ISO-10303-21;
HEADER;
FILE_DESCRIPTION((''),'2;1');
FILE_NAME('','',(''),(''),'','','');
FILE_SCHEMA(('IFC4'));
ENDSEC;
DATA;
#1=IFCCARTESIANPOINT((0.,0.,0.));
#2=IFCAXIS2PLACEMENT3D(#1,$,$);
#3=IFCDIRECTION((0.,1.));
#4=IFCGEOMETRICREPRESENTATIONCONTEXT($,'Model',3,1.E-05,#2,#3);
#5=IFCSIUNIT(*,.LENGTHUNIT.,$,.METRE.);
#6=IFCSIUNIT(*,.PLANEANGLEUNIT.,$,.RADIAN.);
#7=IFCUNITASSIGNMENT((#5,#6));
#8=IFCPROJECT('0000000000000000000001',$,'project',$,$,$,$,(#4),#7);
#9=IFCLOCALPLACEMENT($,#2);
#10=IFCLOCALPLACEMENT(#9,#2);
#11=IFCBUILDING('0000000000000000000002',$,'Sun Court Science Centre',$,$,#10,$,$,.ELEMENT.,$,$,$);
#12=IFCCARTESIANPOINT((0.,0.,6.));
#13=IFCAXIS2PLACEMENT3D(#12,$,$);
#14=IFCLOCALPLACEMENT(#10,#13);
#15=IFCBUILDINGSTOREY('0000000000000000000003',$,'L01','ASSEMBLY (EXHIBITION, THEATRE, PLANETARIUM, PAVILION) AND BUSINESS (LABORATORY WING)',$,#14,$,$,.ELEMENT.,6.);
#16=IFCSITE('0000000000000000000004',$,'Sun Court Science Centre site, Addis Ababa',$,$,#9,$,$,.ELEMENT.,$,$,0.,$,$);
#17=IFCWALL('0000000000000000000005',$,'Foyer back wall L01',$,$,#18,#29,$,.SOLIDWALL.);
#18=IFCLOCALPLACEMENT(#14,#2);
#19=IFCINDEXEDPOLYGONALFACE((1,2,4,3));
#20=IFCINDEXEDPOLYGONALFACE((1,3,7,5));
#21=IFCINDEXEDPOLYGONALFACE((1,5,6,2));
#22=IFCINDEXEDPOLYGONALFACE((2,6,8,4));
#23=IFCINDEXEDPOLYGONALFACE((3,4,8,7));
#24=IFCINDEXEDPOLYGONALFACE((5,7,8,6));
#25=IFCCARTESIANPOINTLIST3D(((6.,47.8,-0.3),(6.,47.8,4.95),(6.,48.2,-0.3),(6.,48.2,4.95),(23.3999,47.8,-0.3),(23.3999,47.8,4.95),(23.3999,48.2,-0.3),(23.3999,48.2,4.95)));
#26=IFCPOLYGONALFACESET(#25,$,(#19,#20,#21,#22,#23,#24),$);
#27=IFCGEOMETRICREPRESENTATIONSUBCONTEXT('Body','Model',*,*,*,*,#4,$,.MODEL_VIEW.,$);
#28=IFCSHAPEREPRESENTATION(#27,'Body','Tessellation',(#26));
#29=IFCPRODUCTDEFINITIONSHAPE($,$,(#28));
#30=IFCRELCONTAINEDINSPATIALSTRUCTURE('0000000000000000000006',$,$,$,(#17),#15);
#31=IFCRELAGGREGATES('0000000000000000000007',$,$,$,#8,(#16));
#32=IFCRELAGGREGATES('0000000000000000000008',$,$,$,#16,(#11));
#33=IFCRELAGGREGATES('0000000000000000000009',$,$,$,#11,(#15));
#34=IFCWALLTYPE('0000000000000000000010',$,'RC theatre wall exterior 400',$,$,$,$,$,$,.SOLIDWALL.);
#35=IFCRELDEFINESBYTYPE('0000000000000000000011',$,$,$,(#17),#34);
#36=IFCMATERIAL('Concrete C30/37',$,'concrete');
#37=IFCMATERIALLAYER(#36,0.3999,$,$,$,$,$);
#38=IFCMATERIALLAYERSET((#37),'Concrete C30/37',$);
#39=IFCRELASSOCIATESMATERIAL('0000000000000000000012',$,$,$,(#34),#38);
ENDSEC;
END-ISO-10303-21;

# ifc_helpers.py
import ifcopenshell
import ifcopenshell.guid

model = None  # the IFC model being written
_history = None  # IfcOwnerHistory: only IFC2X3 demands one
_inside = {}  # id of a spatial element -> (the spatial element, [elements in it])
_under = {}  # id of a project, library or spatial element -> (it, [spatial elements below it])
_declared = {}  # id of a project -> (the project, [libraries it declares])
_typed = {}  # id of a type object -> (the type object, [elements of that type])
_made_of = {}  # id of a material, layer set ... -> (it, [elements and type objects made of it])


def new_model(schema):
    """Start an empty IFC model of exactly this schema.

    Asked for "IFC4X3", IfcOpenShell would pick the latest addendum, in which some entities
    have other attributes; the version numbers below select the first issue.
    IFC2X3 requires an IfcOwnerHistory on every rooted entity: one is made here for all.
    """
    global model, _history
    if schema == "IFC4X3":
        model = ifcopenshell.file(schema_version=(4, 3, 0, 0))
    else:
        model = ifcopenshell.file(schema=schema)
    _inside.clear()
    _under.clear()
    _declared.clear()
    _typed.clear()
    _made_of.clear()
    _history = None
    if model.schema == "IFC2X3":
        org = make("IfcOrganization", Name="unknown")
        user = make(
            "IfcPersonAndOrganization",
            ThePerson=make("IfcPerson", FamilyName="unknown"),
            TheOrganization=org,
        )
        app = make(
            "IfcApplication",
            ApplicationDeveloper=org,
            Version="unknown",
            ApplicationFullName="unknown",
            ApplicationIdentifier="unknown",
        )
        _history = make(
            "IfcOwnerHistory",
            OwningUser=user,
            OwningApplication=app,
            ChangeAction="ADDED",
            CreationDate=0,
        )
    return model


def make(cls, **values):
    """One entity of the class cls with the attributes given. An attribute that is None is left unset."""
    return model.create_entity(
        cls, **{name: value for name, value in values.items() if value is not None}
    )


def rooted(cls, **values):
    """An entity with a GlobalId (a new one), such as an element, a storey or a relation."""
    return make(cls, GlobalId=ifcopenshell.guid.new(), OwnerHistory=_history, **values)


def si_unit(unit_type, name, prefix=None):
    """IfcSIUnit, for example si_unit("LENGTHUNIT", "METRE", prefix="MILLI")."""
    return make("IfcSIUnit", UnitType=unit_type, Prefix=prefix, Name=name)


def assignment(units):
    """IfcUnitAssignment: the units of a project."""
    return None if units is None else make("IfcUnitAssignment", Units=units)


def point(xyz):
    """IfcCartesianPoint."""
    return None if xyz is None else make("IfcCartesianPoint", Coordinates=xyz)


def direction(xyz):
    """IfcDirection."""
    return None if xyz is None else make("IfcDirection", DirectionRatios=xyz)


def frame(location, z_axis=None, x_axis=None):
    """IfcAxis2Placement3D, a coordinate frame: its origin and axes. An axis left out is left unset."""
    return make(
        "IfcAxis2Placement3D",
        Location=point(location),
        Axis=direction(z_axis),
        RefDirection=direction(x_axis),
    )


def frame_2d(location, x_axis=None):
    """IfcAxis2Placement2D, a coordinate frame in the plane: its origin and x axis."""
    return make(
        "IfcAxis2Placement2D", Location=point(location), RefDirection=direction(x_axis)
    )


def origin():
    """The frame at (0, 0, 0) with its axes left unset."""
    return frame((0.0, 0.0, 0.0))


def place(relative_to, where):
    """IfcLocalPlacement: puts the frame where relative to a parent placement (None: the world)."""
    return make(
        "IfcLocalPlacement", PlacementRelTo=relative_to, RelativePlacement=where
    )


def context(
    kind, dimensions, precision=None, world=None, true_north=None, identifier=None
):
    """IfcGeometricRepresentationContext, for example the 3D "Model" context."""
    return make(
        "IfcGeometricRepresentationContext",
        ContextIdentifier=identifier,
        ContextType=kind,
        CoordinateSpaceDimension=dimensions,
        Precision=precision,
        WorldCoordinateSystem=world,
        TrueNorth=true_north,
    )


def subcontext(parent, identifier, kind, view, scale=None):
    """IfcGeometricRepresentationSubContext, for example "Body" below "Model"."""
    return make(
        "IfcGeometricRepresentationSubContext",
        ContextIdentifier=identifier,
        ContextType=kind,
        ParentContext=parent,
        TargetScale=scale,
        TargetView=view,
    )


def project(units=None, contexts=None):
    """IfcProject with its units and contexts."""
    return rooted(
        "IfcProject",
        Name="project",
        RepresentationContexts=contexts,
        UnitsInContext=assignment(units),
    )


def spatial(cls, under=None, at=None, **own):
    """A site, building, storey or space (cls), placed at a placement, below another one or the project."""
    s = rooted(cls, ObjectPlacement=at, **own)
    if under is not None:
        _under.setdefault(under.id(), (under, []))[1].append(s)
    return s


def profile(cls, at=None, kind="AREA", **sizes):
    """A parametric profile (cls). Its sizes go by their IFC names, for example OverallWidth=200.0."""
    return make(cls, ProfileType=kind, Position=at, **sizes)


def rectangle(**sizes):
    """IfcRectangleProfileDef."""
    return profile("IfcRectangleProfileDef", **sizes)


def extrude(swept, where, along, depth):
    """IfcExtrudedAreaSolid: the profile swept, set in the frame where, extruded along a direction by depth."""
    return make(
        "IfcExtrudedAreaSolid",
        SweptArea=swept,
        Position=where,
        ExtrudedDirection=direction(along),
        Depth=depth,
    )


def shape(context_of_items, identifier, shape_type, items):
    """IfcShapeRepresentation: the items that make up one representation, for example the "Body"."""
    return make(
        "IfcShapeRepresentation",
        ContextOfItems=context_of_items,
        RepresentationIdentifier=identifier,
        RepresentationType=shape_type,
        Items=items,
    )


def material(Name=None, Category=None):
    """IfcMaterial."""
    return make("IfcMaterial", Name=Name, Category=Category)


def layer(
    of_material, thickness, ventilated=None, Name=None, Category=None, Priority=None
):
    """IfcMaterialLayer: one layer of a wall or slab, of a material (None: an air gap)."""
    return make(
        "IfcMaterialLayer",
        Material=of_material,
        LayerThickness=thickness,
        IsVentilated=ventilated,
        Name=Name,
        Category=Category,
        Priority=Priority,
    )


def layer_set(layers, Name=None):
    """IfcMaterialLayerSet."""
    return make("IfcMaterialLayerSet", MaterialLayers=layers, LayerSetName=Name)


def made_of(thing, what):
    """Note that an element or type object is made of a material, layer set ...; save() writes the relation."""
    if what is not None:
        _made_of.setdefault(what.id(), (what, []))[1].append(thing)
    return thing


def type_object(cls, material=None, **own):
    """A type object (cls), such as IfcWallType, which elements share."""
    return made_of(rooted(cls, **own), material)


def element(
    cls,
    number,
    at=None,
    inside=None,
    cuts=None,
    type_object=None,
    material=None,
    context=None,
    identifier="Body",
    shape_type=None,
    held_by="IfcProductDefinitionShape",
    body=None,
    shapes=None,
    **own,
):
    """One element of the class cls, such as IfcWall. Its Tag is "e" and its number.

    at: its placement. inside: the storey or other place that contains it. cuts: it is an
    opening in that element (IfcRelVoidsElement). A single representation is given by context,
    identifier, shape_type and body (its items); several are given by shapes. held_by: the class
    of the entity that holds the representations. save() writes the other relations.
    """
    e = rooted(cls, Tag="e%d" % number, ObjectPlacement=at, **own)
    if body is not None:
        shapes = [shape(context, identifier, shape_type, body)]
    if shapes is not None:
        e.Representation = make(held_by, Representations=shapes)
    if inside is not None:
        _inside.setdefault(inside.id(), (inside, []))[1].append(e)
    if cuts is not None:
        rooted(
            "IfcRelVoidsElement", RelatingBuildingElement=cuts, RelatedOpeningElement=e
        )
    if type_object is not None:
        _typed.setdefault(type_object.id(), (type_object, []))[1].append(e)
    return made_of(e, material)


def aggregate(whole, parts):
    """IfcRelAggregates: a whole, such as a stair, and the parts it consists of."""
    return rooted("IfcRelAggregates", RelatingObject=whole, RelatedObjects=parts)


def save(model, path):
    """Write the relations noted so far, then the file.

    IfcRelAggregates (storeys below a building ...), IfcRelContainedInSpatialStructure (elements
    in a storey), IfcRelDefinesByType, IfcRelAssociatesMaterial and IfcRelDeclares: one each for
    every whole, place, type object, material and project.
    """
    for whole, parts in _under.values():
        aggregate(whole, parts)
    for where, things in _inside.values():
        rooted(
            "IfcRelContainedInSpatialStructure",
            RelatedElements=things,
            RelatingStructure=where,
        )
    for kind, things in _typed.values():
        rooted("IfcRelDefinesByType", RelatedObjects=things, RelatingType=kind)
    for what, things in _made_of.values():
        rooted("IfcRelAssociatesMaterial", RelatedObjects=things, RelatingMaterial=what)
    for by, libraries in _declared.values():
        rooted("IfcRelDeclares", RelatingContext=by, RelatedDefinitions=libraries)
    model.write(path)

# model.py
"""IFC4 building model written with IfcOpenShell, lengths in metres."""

from ifc_helpers import new_model, si_unit, direction, frame, frame_2d, origin, place, context, subcontext, project, spatial, rectangle, extrude, material, layer, layer_set, type_object, element, save


model = new_model("IFC4")

# Units and contexts
model_context = context("Model", 3, precision=1e-05, world=origin(), true_north=direction((0.0, 1.0)))
body_context = subcontext(model_context, "Body", "Model", "MODEL_VIEW")
ifc_project = project(units=[si_unit("LENGTHUNIT", "METRE"), si_unit("PLANEANGLEUNIT", "RADIAN")], contexts=[model_context])

# Site, building, storey
site_placement = place(None, origin())
site = spatial("IfcSite", under=ifc_project, at=site_placement, Name="Sun Court Science Centre site, Addis Ababa", CompositionType="ELEMENT", RefElevation=0.0)
building_placement = place(site_placement, origin())
building = spatial("IfcBuilding", under=site, at=building_placement, Name="Sun Court Science Centre", CompositionType="ELEMENT")
storey_placement = place(building_placement, frame((0.0, 0.0, 6.0)))
storey = spatial("IfcBuildingStorey", under=building, at=storey_placement, Name="L01", Description="ASSEMBLY (EXHIBITION, THEATRE, PLANETARIUM, PAVILION) AND BUSINESS (LABORATORY WING)", CompositionType="ELEMENT", Elevation=6.0)

# Wall
ifc_material_1 = material(Name="Concrete C30/37", Category="concrete")
ifc_layer_1 = layer(ifc_material_1, 0.3999)
ifc_layer_set_1 = layer_set([ifc_layer_1], Name="Concrete C30/37")
wall_type_1 = type_object("IfcWallType", Name="RC theatre wall exterior 400", PredefinedType="SOLIDWALL", material=ifc_layer_set_1)
wall_1_placement = place(storey_placement, frame((6.0, 48.0, -0.3), z_axis=(0.0, 0.0, 1.0), x_axis=(1.0, 0.0, 0.0)))
element("IfcWall", 1, at=wall_1_placement, inside=storey, type_object=wall_type_1, Name="Foyer back wall L01", PredefinedType="SOLIDWALL", context=body_context, shape_type="SweptSolid", body=[
    extrude(rectangle(XDim=17.3999, YDim=0.3999, at=frame_2d((8.7, 0.0))), origin(), (0.0, 0.0, 1.0), 5.25),
])

save(model, "model.ifc")
